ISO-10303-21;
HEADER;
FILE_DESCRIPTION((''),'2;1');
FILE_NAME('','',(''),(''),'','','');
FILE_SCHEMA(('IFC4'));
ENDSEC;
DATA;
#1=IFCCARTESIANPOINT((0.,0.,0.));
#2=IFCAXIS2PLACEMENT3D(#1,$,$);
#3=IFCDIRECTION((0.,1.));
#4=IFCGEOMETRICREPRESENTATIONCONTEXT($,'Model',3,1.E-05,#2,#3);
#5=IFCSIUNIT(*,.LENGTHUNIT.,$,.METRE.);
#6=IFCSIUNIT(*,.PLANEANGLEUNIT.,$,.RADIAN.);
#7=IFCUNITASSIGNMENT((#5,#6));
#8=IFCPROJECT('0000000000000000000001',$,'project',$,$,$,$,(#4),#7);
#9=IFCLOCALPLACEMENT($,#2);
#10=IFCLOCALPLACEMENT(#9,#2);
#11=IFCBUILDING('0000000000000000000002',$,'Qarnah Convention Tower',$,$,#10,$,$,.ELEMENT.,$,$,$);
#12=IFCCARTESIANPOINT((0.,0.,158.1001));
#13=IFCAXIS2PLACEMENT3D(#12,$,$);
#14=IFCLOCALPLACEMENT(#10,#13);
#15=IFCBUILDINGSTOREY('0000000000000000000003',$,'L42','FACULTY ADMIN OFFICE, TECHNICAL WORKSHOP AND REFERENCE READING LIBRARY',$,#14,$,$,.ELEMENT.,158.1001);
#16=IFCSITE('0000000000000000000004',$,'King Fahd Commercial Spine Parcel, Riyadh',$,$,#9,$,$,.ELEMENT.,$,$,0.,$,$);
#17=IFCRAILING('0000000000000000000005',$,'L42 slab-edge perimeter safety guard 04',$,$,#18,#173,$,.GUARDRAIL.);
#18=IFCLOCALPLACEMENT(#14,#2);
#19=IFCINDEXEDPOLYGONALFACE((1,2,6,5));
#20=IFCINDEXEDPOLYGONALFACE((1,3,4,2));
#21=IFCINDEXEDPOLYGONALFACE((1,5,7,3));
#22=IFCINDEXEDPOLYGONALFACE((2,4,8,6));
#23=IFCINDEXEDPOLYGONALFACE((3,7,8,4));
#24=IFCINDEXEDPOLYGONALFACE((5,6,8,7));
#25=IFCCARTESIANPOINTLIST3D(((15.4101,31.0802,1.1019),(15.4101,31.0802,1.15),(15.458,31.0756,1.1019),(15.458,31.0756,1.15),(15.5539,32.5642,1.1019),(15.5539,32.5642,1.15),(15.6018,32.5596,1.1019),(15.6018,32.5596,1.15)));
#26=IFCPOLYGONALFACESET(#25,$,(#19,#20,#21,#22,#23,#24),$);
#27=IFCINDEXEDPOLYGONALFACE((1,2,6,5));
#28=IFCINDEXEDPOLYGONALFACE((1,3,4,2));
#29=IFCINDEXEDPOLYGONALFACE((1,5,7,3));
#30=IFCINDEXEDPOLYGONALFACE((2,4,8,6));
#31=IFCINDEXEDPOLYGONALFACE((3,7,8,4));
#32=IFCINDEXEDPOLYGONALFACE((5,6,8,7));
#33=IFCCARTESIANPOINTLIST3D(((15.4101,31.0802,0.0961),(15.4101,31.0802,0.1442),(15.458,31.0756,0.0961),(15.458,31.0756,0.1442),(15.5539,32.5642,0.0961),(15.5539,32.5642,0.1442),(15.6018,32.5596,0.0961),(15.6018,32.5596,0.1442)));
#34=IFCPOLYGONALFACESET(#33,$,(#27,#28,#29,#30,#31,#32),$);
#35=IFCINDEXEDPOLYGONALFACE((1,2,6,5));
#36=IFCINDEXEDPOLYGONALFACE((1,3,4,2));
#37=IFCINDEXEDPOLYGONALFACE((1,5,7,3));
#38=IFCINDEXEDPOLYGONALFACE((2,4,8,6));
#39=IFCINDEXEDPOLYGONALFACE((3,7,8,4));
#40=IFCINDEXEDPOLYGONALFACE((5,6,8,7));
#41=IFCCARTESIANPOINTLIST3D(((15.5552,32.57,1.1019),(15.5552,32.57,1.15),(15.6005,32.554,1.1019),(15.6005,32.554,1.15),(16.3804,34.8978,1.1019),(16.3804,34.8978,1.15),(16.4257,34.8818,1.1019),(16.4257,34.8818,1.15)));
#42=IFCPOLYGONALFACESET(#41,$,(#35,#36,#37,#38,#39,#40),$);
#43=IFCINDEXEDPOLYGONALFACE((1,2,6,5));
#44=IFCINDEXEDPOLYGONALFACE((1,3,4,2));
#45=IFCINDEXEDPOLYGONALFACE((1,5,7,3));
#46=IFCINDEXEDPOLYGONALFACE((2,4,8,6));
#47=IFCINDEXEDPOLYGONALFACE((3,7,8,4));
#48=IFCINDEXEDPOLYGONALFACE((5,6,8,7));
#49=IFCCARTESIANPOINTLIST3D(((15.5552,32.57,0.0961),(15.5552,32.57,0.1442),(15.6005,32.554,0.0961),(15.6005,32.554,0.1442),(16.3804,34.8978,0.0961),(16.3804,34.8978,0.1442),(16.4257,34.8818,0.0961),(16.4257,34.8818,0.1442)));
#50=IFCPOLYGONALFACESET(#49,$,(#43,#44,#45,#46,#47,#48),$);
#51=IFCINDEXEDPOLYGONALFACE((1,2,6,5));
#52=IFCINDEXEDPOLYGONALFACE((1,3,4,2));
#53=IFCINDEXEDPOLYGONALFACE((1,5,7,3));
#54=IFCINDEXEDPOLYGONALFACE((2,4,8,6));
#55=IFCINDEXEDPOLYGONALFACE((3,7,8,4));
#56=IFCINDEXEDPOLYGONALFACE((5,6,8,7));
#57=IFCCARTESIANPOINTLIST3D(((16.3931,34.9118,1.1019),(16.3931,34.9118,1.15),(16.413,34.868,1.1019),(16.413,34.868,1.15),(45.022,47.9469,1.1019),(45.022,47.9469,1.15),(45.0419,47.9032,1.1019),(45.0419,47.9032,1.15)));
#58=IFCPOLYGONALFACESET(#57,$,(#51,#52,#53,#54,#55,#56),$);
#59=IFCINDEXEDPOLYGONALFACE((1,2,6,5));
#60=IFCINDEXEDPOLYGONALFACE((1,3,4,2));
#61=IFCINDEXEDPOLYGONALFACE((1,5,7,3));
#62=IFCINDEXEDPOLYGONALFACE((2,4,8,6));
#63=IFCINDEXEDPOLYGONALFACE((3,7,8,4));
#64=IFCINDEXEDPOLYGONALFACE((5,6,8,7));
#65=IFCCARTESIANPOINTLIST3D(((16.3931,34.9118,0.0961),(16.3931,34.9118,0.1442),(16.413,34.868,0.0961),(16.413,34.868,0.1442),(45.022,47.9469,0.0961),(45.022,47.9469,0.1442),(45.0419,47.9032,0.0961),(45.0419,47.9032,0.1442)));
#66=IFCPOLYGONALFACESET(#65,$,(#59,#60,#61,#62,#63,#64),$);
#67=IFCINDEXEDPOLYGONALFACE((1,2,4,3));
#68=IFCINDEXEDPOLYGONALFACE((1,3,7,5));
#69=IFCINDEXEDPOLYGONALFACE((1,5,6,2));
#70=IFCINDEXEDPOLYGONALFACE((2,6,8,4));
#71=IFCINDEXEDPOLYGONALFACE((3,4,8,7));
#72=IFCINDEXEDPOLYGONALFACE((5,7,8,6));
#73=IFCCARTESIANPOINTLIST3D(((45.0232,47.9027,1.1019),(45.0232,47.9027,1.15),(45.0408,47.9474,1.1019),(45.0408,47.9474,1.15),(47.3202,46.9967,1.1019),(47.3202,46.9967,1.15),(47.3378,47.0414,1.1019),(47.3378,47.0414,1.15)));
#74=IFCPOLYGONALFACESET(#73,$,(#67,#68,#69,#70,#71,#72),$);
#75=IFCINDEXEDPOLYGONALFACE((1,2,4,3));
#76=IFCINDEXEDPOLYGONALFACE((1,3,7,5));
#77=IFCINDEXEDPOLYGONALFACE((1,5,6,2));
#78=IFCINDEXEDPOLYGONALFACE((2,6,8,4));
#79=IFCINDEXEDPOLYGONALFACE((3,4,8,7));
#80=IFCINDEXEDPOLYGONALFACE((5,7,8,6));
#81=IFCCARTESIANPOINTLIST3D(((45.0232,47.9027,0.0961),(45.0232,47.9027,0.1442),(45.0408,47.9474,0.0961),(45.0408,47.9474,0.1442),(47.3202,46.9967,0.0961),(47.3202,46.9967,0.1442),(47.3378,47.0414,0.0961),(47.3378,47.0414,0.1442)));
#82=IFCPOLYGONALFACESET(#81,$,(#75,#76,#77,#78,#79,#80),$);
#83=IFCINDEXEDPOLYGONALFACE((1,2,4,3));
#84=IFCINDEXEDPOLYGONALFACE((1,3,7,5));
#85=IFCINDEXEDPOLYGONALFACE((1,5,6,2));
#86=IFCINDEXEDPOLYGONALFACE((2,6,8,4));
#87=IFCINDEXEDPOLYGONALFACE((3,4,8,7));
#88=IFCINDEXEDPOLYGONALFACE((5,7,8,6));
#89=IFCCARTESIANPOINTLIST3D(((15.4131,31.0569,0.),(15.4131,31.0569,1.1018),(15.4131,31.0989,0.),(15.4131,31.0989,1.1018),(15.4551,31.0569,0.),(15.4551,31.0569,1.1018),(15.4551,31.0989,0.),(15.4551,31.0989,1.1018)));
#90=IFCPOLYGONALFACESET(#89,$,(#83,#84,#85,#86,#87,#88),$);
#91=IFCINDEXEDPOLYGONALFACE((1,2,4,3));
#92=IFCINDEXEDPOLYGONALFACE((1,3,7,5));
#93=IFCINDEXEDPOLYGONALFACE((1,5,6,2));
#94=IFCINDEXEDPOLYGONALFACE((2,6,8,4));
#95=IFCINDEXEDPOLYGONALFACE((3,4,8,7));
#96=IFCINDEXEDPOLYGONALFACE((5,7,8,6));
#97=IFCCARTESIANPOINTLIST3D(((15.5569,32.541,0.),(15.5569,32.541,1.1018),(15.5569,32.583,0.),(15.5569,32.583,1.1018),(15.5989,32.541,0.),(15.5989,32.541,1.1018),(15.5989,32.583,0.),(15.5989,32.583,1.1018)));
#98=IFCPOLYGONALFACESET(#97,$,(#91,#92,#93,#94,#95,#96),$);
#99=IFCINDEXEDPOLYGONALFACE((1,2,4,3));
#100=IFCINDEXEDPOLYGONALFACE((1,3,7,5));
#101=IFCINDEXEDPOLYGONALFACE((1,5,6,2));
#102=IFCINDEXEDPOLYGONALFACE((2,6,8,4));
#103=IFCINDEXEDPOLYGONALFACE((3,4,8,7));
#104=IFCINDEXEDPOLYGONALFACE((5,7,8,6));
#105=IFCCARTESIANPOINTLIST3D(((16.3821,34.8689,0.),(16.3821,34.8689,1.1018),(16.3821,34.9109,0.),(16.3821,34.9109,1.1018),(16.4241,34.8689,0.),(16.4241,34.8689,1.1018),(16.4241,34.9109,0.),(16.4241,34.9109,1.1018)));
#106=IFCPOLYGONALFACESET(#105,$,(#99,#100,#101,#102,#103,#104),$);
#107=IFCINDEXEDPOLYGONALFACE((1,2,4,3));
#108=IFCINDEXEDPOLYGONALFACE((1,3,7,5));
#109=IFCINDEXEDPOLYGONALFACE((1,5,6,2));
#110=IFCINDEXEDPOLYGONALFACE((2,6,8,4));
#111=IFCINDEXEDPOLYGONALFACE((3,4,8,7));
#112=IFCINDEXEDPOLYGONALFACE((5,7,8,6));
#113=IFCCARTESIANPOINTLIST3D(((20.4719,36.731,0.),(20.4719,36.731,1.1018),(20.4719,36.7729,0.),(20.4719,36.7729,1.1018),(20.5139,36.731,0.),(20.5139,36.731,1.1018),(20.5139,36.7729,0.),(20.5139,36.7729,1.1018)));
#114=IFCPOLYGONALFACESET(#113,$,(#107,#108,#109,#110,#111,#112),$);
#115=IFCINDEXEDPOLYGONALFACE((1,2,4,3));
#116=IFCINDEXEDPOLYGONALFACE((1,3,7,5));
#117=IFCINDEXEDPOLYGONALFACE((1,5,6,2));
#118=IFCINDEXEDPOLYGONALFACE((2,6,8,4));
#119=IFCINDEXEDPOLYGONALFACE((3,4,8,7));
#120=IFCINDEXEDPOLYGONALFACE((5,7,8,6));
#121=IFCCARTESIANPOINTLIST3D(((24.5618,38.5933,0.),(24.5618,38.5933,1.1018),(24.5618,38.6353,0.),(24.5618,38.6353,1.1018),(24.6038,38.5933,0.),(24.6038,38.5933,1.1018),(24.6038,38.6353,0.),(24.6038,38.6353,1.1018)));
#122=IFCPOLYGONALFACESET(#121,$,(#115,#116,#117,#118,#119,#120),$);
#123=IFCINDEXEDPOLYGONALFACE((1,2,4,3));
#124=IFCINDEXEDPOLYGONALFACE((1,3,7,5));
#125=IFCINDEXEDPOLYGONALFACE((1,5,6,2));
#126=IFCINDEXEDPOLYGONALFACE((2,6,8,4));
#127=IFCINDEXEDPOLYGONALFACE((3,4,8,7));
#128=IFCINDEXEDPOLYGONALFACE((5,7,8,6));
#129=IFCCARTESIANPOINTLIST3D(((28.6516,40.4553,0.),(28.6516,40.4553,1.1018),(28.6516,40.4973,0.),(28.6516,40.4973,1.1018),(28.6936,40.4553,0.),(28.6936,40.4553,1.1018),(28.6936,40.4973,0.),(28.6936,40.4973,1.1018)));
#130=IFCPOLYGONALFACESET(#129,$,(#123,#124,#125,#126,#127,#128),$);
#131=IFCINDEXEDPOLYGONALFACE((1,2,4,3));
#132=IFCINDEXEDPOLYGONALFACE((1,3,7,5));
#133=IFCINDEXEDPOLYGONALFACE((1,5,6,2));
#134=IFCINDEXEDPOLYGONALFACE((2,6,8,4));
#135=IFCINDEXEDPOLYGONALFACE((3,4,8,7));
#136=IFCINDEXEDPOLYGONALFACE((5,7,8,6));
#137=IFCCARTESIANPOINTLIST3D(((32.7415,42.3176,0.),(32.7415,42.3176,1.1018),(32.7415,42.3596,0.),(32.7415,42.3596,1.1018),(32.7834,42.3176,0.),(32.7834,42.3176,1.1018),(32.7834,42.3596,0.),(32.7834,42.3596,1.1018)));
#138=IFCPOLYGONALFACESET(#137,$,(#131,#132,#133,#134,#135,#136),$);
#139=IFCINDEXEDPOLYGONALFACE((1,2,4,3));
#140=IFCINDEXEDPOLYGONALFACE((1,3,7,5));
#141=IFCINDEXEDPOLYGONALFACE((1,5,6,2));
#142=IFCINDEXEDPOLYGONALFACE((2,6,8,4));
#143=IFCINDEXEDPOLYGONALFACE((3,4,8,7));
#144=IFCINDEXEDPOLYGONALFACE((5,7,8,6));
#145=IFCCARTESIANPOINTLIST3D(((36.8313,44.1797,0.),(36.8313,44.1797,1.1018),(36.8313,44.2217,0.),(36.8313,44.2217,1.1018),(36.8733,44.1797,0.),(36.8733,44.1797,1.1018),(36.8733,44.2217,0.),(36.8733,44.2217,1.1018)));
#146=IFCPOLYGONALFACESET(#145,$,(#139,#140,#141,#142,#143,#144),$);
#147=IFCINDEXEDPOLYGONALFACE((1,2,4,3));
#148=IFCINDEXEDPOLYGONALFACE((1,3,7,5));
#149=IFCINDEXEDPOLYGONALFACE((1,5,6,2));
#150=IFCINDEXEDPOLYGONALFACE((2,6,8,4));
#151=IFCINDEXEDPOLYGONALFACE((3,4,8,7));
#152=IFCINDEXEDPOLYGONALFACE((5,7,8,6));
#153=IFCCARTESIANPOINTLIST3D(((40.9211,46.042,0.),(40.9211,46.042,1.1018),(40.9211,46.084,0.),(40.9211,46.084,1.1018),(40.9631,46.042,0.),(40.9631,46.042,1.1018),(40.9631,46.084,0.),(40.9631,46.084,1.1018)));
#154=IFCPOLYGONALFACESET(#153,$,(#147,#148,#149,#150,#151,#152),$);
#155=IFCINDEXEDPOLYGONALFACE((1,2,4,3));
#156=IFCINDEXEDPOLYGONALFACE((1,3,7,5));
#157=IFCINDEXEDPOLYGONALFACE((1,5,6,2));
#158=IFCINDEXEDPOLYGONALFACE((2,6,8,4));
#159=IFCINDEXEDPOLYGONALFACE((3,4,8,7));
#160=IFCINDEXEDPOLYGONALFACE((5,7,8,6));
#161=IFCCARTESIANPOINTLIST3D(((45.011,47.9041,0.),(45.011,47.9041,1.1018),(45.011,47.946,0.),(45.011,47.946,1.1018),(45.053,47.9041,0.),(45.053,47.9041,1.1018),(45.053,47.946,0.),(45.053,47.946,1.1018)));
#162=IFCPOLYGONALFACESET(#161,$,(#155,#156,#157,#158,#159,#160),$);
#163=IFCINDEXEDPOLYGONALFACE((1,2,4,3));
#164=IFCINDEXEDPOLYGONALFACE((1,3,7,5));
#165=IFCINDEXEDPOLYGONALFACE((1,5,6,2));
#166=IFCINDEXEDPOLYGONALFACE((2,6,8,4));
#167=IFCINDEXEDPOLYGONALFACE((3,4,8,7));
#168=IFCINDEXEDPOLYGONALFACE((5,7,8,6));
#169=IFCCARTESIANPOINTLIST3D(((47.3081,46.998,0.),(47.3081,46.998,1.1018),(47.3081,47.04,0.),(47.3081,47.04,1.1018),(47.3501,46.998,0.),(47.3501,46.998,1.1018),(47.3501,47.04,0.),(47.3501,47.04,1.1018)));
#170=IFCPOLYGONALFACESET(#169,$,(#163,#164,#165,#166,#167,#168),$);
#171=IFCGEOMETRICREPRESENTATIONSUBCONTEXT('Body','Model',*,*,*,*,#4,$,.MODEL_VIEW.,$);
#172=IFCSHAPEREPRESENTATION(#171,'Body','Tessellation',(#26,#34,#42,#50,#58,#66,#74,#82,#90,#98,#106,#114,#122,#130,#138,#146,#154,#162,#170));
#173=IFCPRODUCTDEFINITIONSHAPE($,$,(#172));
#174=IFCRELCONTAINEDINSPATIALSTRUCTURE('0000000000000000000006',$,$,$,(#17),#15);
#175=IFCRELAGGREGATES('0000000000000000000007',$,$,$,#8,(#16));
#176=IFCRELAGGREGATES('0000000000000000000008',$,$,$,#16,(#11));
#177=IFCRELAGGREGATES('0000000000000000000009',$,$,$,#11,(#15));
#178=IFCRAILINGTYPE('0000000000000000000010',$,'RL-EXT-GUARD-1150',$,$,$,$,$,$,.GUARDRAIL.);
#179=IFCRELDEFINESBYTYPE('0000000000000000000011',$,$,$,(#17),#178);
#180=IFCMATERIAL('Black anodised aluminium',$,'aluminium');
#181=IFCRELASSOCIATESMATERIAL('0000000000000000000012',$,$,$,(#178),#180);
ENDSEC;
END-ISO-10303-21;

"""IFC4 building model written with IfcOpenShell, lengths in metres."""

from ifc_helpers import new_model, si_unit, direction, frame, origin, origin_2d, place, context, subcontext, project, spatial, rectangle, extrude, material, type_object, element, save


model = new_model("IFC4")

# Units and contexts
model_context = context("Model", 3, precision=1e-05, world=origin(), true_north=direction((0.0, 1.0)))
body_context = subcontext(model_context, "Body", "Model", "MODEL_VIEW")
ifc_project = project(units=[si_unit("LENGTHUNIT", "METRE"), si_unit("PLANEANGLEUNIT", "RADIAN")], contexts=[model_context])

# Site, building, storey
site_placement = place(None, origin())
site = spatial("IfcSite", under=ifc_project, at=site_placement, Name="King Fahd Commercial Spine Parcel, Riyadh", CompositionType="ELEMENT", RefElevation=0.0)
building_placement = place(site_placement, origin())
building = spatial("IfcBuilding", under=site, at=building_placement, Name="Qarnah Convention Tower", CompositionType="ELEMENT")
storey_placement = place(building_placement, frame((0.0, 0.0, 158.1001)))
storey = spatial("IfcBuildingStorey", under=building, at=storey_placement, Name="L42", Description="FACULTY ADMIN OFFICE, TECHNICAL WORKSHOP AND REFERENCE READING LIBRARY", CompositionType="ELEMENT", Elevation=158.1001)

# Shared definitions
ifc_material_1 = material(Name="Black anodised aluminium", Category="aluminium")

# Railing
railing_type_1 = type_object("IfcRailingType", Name="RL-EXT-GUARD-1150", PredefinedType="GUARDRAIL", material=ifc_material_1)
railing_1_placement = place(storey_placement, frame((15.4341, 31.0779, 0.0)))
element("IfcRailing", 1, at=railing_1_placement, inside=storey, type_object=railing_type_1, Name="L42 slab-edge perimeter safety guard 04", PredefinedType="GUARDRAIL", context=body_context, shape_type="SweptSolid", body=[
    extrude(rectangle(XDim=0.0481, YDim=0.0481, at=origin_2d()), frame((0.0, 0.0, 1.126), z_axis=(0.096439, 0.995339, 0.0), x_axis=(-0.995339, 0.096439, 0.0)), (0.0, 0.0, 1.0), 1.491),
    extrude(rectangle(XDim=0.0481, YDim=0.0481, at=origin_2d()), frame((0.0, 0.0, 0.1201), z_axis=(0.096439, 0.995339, 0.0), x_axis=(-0.995339, 0.096439, 0.0)), (0.0, 0.0, 1.0), 1.491),
    extrude(rectangle(XDim=0.0481, YDim=0.0481, at=origin_2d()), frame((0.1438, 1.4841, 1.126), z_axis=(0.334112, 0.942533, 0.0), x_axis=(-0.942533, 0.334112, 0.0)), (0.0, 0.0, 1.0), 2.4697),
    extrude(rectangle(XDim=0.0481, YDim=0.0481, at=origin_2d()), frame((0.1438, 1.4841, 0.1201), z_axis=(0.334112, 0.942533, 0.0), x_axis=(-0.942533, 0.334112, 0.0)), (0.0, 0.0, 1.0), 2.4697),
    extrude(rectangle(XDim=0.0481, YDim=0.0481, at=origin_2d()), frame((0.969, 3.812, 1.126), z_axis=(0.910103, 0.414383, 0.0), x_axis=(-0.414383, 0.910103, 0.0)), (0.0, 0.0, 1.0), 31.4568),
    extrude(rectangle(XDim=0.0481, YDim=0.0481, at=origin_2d()), frame((0.969, 3.812, 0.1201), z_axis=(0.910103, 0.414383, 0.0), x_axis=(-0.414383, 0.910103, 0.0)), (0.0, 0.0, 1.0), 31.4568),
    extrude(rectangle(XDim=0.0481, YDim=0.0481, at=origin_2d()), frame((29.5979, 16.8472, 1.126), z_axis=(0.930259, -0.366903, 0.0), x_axis=(0.366903, 0.930259, 0.0)), (0.0, 0.0, 1.0), 2.4692),
    extrude(rectangle(XDim=0.0481, YDim=0.0481, at=origin_2d()), frame((29.5979, 16.8472, 0.1201), z_axis=(0.930259, -0.366903, 0.0), x_axis=(0.366903, 0.930259, 0.0)), (0.0, 0.0, 1.0), 2.4692),
    extrude(rectangle(XDim=0.042, YDim=0.042, at=origin_2d()), origin(), (0.0, 0.0, 1.0), 1.1018),
    extrude(rectangle(XDim=0.042, YDim=0.042, at=origin_2d()), frame((0.1438, 1.4841, 0.0)), (0.0, 0.0, 1.0), 1.1018),
    extrude(rectangle(XDim=0.042, YDim=0.042, at=origin_2d()), frame((0.969, 3.812, 0.0)), (0.0, 0.0, 1.0), 1.1018),
    extrude(rectangle(XDim=0.042, YDim=0.042, at=origin_2d()), frame((5.0588, 5.6741, 0.0)), (0.0, 0.0, 1.0), 1.1018),
    extrude(rectangle(XDim=0.042, YDim=0.042, at=origin_2d()), frame((9.1487, 7.5364, 0.0)), (0.0, 0.0, 1.0), 1.1018),
    extrude(rectangle(XDim=0.042, YDim=0.042, at=origin_2d()), frame((13.2385, 9.3984, 0.0)), (0.0, 0.0, 1.0), 1.1018),
    extrude(rectangle(XDim=0.042, YDim=0.042, at=origin_2d()), frame((17.3284, 11.2607, 0.0)), (0.0, 0.0, 1.0), 1.1018),
    extrude(rectangle(XDim=0.042, YDim=0.042, at=origin_2d()), frame((21.4182, 13.1228, 0.0)), (0.0, 0.0, 1.0), 1.1018),
    extrude(rectangle(XDim=0.042, YDim=0.042, at=origin_2d()), frame((25.5081, 14.9851, 0.0)), (0.0, 0.0, 1.0), 1.1018),
    extrude(rectangle(XDim=0.042, YDim=0.042, at=origin_2d()), frame((29.5979, 16.8472, 0.0)), (0.0, 0.0, 1.0), 1.1018),
    extrude(rectangle(XDim=0.042, YDim=0.042, at=origin_2d()), frame((31.895, 15.9412, 0.0)), (0.0, 0.0, 1.0), 1.1018),
])

save(model, "model.ifc")
